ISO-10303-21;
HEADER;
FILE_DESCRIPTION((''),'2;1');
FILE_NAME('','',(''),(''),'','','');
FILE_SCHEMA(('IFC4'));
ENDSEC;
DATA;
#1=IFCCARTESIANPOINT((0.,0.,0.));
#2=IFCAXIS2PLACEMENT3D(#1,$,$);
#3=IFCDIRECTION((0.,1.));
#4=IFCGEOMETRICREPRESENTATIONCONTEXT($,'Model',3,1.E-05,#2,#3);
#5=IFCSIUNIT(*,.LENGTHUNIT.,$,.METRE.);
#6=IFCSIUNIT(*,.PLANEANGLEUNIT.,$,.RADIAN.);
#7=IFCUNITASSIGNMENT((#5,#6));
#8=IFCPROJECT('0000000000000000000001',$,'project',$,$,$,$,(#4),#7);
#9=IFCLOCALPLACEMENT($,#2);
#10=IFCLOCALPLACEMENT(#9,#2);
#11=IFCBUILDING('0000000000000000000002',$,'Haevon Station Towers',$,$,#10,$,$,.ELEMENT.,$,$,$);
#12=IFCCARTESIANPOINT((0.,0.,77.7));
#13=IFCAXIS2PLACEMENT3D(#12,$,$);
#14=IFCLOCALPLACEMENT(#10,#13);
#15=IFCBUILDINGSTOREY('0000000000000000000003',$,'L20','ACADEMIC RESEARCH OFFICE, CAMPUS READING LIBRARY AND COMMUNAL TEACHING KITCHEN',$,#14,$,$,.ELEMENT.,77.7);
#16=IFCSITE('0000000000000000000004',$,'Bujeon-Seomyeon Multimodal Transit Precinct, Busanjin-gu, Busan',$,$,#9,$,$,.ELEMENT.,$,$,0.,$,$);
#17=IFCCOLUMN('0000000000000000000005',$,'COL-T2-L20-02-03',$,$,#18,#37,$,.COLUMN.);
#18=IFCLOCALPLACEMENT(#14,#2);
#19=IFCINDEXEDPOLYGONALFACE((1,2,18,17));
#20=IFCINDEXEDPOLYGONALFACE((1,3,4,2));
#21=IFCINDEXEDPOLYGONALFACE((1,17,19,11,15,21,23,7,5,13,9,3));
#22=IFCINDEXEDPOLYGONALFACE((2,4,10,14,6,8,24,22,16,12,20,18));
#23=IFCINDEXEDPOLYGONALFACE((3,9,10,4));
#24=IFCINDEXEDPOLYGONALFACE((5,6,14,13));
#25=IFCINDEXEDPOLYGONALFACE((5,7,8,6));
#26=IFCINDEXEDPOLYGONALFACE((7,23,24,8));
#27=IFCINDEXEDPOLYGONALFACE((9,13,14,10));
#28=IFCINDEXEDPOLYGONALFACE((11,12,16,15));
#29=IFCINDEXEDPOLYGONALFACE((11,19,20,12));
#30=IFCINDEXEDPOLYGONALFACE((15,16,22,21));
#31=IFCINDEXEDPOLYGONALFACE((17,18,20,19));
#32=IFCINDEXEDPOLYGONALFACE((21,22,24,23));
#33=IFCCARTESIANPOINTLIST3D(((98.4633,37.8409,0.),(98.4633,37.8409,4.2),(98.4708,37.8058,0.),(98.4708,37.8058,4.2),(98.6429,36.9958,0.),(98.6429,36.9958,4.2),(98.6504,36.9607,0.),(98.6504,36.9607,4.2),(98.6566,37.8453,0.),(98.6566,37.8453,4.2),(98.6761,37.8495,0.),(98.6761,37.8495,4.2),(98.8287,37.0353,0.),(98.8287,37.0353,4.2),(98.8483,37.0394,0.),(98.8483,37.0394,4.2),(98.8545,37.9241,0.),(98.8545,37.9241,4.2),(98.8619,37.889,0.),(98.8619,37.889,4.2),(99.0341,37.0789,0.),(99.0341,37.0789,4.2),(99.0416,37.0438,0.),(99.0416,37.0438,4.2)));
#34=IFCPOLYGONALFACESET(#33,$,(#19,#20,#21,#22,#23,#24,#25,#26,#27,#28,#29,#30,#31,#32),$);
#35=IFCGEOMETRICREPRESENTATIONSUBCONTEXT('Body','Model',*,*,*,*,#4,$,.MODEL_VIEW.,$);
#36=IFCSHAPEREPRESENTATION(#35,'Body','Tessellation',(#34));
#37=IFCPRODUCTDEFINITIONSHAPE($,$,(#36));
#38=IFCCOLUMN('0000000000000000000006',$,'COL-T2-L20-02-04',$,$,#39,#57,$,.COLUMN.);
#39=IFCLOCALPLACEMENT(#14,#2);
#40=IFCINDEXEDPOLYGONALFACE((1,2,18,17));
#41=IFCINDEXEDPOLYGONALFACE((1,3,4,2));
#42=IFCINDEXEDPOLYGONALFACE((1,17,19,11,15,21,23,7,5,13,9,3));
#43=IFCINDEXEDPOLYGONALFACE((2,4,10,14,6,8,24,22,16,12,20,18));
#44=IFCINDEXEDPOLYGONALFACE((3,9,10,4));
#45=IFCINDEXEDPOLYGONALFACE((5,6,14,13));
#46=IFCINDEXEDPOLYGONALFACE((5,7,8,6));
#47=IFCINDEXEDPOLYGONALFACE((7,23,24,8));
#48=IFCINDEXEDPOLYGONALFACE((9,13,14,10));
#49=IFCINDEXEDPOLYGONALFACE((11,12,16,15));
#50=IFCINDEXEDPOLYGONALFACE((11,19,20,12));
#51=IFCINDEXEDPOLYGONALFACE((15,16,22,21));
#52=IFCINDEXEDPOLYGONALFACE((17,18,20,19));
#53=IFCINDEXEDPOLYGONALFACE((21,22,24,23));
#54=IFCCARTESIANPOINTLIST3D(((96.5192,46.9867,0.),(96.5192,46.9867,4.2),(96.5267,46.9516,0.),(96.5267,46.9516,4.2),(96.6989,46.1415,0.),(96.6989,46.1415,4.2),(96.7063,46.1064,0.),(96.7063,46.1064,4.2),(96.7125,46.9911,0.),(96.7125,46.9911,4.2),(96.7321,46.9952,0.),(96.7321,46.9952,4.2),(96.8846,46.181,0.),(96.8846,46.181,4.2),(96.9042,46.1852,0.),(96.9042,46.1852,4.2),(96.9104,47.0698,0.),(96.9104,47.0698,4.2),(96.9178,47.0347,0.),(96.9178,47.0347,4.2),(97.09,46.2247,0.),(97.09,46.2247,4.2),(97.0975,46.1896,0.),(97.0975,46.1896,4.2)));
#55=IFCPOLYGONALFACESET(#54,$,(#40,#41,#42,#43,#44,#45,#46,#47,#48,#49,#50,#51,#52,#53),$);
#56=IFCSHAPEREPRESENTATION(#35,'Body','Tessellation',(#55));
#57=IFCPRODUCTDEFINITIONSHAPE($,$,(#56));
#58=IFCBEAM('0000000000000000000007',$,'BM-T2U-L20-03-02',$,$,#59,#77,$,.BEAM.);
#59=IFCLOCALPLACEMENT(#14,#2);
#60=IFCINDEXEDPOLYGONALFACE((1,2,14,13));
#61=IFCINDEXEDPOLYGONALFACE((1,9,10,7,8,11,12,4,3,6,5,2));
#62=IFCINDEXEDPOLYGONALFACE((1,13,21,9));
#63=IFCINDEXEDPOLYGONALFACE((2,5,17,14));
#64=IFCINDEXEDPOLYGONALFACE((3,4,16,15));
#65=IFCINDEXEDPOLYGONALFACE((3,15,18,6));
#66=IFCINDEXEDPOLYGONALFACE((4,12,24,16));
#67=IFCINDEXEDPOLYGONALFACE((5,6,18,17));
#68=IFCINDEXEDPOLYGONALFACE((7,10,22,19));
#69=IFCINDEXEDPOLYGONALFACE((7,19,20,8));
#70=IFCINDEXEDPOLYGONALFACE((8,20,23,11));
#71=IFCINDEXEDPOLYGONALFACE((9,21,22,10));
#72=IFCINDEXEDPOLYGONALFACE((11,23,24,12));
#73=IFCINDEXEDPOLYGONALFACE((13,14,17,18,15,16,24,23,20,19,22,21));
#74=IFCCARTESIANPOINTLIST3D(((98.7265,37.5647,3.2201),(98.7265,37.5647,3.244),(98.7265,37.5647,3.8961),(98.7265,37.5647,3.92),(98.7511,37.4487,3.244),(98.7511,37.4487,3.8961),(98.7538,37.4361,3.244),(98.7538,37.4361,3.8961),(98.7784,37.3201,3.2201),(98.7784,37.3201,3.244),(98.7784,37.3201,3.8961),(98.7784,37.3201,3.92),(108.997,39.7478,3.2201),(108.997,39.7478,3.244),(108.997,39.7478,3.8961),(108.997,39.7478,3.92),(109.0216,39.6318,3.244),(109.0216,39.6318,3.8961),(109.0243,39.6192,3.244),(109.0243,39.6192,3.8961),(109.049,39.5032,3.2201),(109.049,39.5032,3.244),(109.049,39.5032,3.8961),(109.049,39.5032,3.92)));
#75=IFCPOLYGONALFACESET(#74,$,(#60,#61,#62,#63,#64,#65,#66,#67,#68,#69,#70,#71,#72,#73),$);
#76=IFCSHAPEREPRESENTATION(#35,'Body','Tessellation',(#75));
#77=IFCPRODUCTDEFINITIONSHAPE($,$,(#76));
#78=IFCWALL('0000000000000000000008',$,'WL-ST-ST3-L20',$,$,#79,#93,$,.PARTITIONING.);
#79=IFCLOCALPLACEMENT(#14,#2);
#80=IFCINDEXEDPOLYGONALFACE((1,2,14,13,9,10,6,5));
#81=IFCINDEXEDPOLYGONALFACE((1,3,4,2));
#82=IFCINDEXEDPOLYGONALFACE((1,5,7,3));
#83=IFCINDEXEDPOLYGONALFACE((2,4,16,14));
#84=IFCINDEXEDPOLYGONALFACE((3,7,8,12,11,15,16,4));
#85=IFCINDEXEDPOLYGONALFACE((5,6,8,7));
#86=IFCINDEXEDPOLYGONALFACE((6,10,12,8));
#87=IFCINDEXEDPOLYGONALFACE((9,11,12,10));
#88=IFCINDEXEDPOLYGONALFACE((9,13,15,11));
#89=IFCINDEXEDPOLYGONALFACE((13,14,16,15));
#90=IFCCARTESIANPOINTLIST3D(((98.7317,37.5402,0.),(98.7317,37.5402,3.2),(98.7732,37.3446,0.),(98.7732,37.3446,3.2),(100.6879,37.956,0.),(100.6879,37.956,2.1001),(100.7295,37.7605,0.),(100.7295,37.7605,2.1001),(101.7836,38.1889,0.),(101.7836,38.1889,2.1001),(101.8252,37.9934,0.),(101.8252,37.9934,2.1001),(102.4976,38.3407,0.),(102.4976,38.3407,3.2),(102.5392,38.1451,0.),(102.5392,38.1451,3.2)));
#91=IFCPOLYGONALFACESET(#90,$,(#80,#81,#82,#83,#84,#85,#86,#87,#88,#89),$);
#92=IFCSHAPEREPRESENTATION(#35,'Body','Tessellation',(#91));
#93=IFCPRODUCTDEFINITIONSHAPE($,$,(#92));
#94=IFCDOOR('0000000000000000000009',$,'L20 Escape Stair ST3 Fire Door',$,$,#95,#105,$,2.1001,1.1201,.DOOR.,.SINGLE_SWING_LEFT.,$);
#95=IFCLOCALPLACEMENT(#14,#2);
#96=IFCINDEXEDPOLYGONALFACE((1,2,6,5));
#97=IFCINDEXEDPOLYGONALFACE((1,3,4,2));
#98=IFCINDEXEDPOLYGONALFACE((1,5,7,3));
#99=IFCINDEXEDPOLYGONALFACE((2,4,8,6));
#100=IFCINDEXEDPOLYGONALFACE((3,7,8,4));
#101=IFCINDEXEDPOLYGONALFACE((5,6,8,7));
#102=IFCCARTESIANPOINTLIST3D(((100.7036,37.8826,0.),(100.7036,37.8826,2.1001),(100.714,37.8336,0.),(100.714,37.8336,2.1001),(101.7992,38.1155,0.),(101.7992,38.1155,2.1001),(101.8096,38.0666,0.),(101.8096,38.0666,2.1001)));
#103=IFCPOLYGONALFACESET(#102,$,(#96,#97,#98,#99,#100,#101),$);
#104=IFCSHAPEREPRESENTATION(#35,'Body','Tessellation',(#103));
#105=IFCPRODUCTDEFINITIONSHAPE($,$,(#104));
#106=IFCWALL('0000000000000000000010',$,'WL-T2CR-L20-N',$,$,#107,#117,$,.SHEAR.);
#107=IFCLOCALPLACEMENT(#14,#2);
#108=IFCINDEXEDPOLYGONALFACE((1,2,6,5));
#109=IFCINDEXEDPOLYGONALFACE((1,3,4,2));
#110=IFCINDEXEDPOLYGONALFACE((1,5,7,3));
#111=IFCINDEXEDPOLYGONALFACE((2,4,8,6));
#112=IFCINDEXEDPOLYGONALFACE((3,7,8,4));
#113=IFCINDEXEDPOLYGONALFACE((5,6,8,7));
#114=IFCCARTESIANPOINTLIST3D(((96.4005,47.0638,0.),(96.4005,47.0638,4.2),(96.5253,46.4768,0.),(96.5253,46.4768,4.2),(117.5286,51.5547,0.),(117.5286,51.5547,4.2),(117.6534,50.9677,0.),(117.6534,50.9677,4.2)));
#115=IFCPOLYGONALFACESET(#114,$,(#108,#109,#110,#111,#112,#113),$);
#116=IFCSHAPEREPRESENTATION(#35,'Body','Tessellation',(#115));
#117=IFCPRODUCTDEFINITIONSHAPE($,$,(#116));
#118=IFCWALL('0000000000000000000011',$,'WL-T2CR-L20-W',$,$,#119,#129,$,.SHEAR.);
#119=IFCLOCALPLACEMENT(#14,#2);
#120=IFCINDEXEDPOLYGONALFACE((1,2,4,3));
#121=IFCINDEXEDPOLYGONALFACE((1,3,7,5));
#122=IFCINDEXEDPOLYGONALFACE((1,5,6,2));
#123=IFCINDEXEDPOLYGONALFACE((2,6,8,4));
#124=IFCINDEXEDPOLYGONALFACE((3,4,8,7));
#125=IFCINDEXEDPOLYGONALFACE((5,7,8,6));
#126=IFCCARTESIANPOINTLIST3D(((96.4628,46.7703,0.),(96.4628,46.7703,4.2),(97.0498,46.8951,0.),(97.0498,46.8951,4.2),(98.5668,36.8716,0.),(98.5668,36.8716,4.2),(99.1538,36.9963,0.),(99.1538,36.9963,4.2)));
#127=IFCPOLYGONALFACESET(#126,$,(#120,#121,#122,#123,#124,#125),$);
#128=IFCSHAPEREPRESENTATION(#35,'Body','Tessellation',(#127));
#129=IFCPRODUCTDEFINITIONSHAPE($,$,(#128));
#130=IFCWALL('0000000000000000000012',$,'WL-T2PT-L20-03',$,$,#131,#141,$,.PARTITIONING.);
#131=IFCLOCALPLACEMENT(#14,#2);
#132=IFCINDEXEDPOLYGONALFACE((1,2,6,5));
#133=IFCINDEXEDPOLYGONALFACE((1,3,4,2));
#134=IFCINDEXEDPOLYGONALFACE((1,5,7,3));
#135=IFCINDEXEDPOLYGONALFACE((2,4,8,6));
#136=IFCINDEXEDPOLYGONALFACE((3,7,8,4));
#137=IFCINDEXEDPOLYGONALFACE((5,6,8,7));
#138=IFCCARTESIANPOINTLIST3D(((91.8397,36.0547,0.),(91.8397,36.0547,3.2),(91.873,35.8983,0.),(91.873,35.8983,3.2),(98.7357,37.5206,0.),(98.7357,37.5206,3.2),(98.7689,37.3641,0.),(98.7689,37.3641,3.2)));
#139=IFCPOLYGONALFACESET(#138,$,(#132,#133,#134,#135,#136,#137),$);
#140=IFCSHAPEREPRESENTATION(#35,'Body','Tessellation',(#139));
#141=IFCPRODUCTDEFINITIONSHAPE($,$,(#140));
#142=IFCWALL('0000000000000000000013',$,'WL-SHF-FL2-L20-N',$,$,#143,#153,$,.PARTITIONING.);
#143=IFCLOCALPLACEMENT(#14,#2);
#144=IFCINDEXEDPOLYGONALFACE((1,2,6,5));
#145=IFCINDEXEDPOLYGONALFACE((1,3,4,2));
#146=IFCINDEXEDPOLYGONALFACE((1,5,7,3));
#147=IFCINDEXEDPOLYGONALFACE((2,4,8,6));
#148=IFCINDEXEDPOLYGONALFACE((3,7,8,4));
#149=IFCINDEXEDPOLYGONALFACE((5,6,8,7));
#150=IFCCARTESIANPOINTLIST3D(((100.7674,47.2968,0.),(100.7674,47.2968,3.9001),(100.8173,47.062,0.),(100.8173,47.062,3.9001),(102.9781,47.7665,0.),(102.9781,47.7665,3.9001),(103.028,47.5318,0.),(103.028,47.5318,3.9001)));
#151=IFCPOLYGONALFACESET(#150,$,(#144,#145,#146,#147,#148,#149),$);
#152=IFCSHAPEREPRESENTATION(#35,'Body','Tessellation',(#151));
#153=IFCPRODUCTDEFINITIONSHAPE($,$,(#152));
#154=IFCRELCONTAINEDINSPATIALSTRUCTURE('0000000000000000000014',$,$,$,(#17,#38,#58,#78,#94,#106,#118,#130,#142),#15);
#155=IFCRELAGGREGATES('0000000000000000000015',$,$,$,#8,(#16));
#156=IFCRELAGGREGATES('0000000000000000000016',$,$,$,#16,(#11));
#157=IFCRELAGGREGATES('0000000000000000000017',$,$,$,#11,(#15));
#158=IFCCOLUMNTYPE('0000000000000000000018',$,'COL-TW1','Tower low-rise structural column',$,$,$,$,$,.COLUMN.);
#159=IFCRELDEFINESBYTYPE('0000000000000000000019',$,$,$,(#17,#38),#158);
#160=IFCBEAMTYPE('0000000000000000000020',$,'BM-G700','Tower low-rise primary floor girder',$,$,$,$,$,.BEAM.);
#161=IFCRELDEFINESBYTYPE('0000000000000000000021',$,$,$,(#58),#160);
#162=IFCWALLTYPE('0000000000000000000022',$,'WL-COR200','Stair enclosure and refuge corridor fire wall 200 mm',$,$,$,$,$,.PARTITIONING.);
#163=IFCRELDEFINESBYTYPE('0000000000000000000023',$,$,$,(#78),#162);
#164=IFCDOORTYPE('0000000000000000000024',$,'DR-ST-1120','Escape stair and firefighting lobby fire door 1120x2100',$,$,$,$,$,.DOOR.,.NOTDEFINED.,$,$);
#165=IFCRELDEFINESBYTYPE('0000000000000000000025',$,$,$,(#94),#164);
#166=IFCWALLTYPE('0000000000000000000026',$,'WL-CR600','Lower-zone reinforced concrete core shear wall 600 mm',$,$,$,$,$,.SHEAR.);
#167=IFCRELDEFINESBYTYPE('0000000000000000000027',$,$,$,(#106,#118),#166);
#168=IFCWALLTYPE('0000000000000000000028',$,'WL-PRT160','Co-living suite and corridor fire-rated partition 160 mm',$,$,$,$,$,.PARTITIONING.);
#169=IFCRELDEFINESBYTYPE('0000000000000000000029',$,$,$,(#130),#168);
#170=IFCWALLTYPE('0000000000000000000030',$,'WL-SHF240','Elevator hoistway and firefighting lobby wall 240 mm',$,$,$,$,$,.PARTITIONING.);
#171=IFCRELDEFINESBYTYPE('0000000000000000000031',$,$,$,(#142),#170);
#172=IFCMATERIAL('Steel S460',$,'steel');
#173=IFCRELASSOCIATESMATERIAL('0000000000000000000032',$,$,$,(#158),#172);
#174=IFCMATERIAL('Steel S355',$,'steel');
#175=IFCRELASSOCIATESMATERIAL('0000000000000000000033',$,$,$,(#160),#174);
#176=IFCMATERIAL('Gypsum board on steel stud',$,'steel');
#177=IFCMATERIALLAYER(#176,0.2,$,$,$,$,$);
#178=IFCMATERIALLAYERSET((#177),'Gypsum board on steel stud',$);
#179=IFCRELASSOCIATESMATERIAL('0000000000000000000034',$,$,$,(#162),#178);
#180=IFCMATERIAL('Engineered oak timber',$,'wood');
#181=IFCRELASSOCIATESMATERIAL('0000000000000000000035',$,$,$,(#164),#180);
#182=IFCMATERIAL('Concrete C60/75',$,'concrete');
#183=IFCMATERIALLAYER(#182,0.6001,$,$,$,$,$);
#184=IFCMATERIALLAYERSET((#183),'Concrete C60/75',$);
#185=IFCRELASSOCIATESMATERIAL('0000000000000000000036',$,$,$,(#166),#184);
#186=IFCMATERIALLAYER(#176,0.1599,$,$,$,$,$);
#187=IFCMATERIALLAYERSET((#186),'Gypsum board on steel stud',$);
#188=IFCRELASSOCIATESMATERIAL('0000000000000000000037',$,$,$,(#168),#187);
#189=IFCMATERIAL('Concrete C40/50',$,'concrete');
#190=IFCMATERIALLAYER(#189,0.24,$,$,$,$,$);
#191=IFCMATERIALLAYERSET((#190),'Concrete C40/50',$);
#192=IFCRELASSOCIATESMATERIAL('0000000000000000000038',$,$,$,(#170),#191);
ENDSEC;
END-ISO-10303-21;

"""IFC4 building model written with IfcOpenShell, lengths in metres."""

from ifc_helpers import new_model, si_unit, direction, frame, frame_2d, origin, origin_2d, place, context, subcontext, project, spatial, rectangle, i_section, extrude, material, layer, layer_set, material_profile, profile_set, type_object, element, fill, save


model = new_model("IFC4")

# Units and contexts
model_context = context("Model", 3, precision=1e-05, world=origin(), true_north=direction((0.0, 1.0)))
body_context = subcontext(model_context, "Body", "Model", "MODEL_VIEW")
ifc_project = project(units=[si_unit("LENGTHUNIT", "METRE"), si_unit("PLANEANGLEUNIT", "RADIAN")], contexts=[model_context])

# Site, building, storey
site_placement = place(None, origin())
site = spatial("IfcSite", under=ifc_project, at=site_placement, Name="Bujeon-Seomyeon Multimodal Transit Precinct, Busanjin-gu, Busan", CompositionType="ELEMENT", RefElevation=0.0)
building_placement = place(site_placement, origin())
building = spatial("IfcBuilding", under=site, at=building_placement, Name="Haevon Station Towers", CompositionType="ELEMENT")
storey_placement = place(building_placement, frame((0.0, 0.0, 77.7)))
storey = spatial("IfcBuildingStorey", under=building, at=storey_placement, Name="L20", Description="ACADEMIC RESEARCH OFFICE, CAMPUS READING LIBRARY AND COMMUNAL TEACHING KITCHEN", CompositionType="ELEMENT", Elevation=77.7)

# Columns
ifc_material_1 = material(Name="Steel S460", Category="steel")
ifc_material_profile_1 = material_profile(ifc_material_1, i_section(OverallWidth=0.3999, OverallDepth=0.8999, WebThickness=0.02, FlangeThickness=0.0359, at=origin_2d()), Name="H-900x400x20x36")
ifc_profile_set_1 = profile_set([ifc_material_profile_1], Name="Steel S460")
column_type = type_object("IfcColumnType", Name="COL-TW1", Description="Tower low-rise structural column", PredefinedType="COLUMN", material=ifc_profile_set_1)
for number, where, z_axis, x_axis, name in (
    (1, (98.7524, 37.4424, 0.0), (0.0, 0.0, 1.0), (0.978148, 0.207912, 0.0), "COL-T2-L20-02-03"),
    (2, (96.8083, 46.5881, 0.0), (0.0, 0.0, 1.0), (0.978148, 0.207912, 0.0), "COL-T2-L20-02-04"),
):
    element("IfcColumn", number, at=place(storey_placement, frame(where, z_axis=z_axis, x_axis=x_axis)), inside=storey, type_object=column_type, Name=name, PredefinedType="COLUMN", context=body_context, shape_type="SweptSolid", body=[
        extrude(i_section(OverallWidth=0.3999, OverallDepth=0.8999, WebThickness=0.02, FlangeThickness=0.0359, at=origin_2d()), origin(), (0.0, 0.0, 1.0), 4.2),
    ])

# Beam
ifc_material_2 = material(Name="Steel S355", Category="steel")
ifc_material_profile_2 = material_profile(ifc_material_2, i_section(OverallWidth=0.25, OverallDepth=0.7, WebThickness=0.0129, FlangeThickness=0.0239, at=origin_2d()), Name="H-700x250x13x24")
ifc_profile_set_2 = profile_set([ifc_material_profile_2], Name="Steel S355")
beam_type = type_object("IfcBeamType", Name="BM-G700", Description="Tower low-rise primary floor girder", PredefinedType="BEAM", material=ifc_profile_set_2)
beam_placement = place(storey_placement, frame((98.7524, 37.4424, 3.5701), z_axis=(0.978147, 0.207915, 0.0), x_axis=(-0.207915, 0.978147, 0.0)))
element("IfcBeam", 3, at=beam_placement, inside=storey, type_object=beam_type, Name="BM-T2U-L20-03-02", PredefinedType="BEAM", context=body_context, shape_type="SweptSolid", body=[
    extrude(i_section(OverallWidth=0.25, OverallDepth=0.7, WebThickness=0.0129, FlangeThickness=0.0239, at=origin_2d()), origin(), (0.0, 0.0, 1.0), 10.5),
])

# Wall, opening, door
ifc_material_3 = material(Name="Gypsum board on steel stud", Category="steel")
ifc_layer_1 = layer(ifc_material_3, 0.2)
ifc_layer_set_1 = layer_set([ifc_layer_1], Name="Gypsum board on steel stud")
wall_type_1 = type_object("IfcWallType", Name="WL-COR200", Description="Stair enclosure and refuge corridor fire wall 200 mm", PredefinedType="PARTITIONING", material=ifc_layer_set_1)
wall_1_placement = place(storey_placement, frame((98.7524, 37.4424, 0.0), z_axis=(0.0, 0.0, 1.0), x_axis=(0.978144, 0.207931, 0.0)))
wall_1 = element("IfcWall", 4, at=wall_1_placement, inside=storey, type_object=wall_type_1, Name="WL-ST-ST3-L20", PredefinedType="PARTITIONING", context=body_context, shape_type="SweptSolid", body=[
    extrude(rectangle(XDim=3.8501, YDim=0.2, at=frame_2d((1.925, 0.0))), origin(), (0.0, 0.0, 1.0), 3.2),
])
opening_1_placement = place(wall_1_placement, frame((2.0, 0.0, 0.0)))
opening_1 = element("IfcOpeningElement", 5, at=opening_1_placement, cuts=wall_1, PredefinedType="OPENING", context=body_context, shape_type="SweptSolid", body=[
    extrude(rectangle(XDim=1.1201, YDim=2.1001, at=frame_2d((0.5601, 1.05))), frame((0.0, 0.1099, 0.0), z_axis=(0.0, -1.0, 0.0), x_axis=(1.0, 0.0, 0.0)), (0.0, 0.0, 1.0), 0.22),
])
ifc_material_4 = material(Name="Engineered oak timber", Category="wood")
door_type_1 = type_object("IfcDoorType", Name="DR-ST-1120", Description="Escape stair and firefighting lobby fire door 1120x2100", OperationType="NOTDEFINED", PredefinedType="DOOR", material=ifc_material_4)
door_1_placement = place(opening_1_placement, origin())
door_1 = element("IfcDoor", 6, at=door_1_placement, inside=storey, type_object=door_type_1, Name="L20 Escape Stair ST3 Fire Door", OperationType="SINGLE_SWING_LEFT", OverallHeight=2.1001, OverallWidth=1.1201, PredefinedType="DOOR", context=body_context, shape_type="SweptSolid", body=[
    extrude(rectangle(XDim=1.1201, YDim=2.1001, at=frame_2d((0.5601, 1.05))), frame((0.0, 0.0249, 0.0), z_axis=(0.0, -1.0, 0.0), x_axis=(1.0, 0.0, 0.0)), (0.0, 0.0, 1.0), 0.05),
])
fill(opening_1, door_1)

# Walls
ifc_material_5 = material(Name="Concrete C60/75", Category="concrete")
ifc_layer_2 = layer(ifc_material_5, 0.6001)
ifc_layer_set_2 = layer_set([ifc_layer_2], Name="Concrete C60/75")
wall_type_2 = type_object("IfcWallType", Name="WL-CR600", Description="Lower-zone reinforced concrete core shear wall 600 mm", PredefinedType="SHEAR", material=ifc_layer_set_2)
wall_2_placement = place(storey_placement, frame((96.4629, 46.7703, 0.0), z_axis=(0.0, 0.0, 1.0), x_axis=(0.978147, 0.207913, 0.0)))
element("IfcWall", 7, at=wall_2_placement, inside=storey, type_object=wall_type_2, Name="WL-T2CR-L20-N", PredefinedType="SHEAR", context=body_context, shape_type="SweptSolid", body=[
    extrude(rectangle(XDim=21.6001, YDim=0.6001, at=frame_2d((10.8, 0.0))), origin(), (0.0, 0.0, 1.0), 4.2),
])
wall_3_placement = place(storey_placement, frame((98.8604, 36.9338, 0.0), z_axis=(0.0, 0.0, 1.0), x_axis=(-0.207909, 0.978148, 0.0)))
element("IfcWall", 8, at=wall_3_placement, inside=storey, type_object=wall_type_2, Name="WL-T2CR-L20-W", PredefinedType="SHEAR", context=body_context, shape_type="SweptSolid", body=[
    extrude(rectangle(XDim=10.1199, YDim=0.6001, at=frame_2d((5.0601, 0.0))), origin(), (0.0, 0.0, 1.0), 4.2),
])
ifc_layer_3 = layer(ifc_material_3, 0.1599)
ifc_layer_set_3 = layer_set([ifc_layer_3], Name="Gypsum board on steel stud")
wall_type_3 = type_object("IfcWallType", Name="WL-PRT160", Description="Co-living suite and corridor fire-rated partition 160 mm", PredefinedType="PARTITIONING", material=ifc_layer_set_3)
wall_4_placement = place(storey_placement, frame((91.8564, 35.9766, 0.0), z_axis=(0.0, 0.0, 1.0), x_axis=(0.978147, 0.207916, 0.0)))
element("IfcWall", 9, at=wall_4_placement, inside=storey, type_object=wall_type_3, Name="WL-T2PT-L20-03", PredefinedType="PARTITIONING", context=body_context, shape_type="SweptSolid", body=[
    extrude(rectangle(XDim=7.05, YDim=0.1599, at=frame_2d((3.5249, 0.0))), origin(), (0.0, 0.0, 1.0), 3.2),
])

# Shared definitions
ifc_material_6 = material(Name="Concrete C40/50", Category="concrete")
ifc_layer_4 = layer(ifc_material_6, 0.24)
ifc_layer_set_4 = layer_set([ifc_layer_4], Name="Concrete C40/50")
wall_type_4 = type_object("IfcWallType", Name="WL-SHF240", Description="Elevator hoistway and firefighting lobby wall 240 mm", PredefinedType="PARTITIONING", material=ifc_layer_set_4)

# Wall
wall_5_placement = place(storey_placement, frame((100.7925, 47.1794, 0.0), z_axis=(0.0, 0.0, 1.0), x_axis=(0.978163, 0.207839, 0.0)))
element("IfcWall", 10, at=wall_5_placement, inside=storey, type_object=wall_type_4, Name="WL-SHF-FL2-L20-N", PredefinedType="PARTITIONING", context=body_context, shape_type="SweptSolid", body=[
    extrude(rectangle(XDim=2.26, YDim=0.24, at=frame_2d((1.1299, 0.0))), origin(), (0.0, 0.0, 1.0), 3.9001),
])

save(model, "model.ifc")
